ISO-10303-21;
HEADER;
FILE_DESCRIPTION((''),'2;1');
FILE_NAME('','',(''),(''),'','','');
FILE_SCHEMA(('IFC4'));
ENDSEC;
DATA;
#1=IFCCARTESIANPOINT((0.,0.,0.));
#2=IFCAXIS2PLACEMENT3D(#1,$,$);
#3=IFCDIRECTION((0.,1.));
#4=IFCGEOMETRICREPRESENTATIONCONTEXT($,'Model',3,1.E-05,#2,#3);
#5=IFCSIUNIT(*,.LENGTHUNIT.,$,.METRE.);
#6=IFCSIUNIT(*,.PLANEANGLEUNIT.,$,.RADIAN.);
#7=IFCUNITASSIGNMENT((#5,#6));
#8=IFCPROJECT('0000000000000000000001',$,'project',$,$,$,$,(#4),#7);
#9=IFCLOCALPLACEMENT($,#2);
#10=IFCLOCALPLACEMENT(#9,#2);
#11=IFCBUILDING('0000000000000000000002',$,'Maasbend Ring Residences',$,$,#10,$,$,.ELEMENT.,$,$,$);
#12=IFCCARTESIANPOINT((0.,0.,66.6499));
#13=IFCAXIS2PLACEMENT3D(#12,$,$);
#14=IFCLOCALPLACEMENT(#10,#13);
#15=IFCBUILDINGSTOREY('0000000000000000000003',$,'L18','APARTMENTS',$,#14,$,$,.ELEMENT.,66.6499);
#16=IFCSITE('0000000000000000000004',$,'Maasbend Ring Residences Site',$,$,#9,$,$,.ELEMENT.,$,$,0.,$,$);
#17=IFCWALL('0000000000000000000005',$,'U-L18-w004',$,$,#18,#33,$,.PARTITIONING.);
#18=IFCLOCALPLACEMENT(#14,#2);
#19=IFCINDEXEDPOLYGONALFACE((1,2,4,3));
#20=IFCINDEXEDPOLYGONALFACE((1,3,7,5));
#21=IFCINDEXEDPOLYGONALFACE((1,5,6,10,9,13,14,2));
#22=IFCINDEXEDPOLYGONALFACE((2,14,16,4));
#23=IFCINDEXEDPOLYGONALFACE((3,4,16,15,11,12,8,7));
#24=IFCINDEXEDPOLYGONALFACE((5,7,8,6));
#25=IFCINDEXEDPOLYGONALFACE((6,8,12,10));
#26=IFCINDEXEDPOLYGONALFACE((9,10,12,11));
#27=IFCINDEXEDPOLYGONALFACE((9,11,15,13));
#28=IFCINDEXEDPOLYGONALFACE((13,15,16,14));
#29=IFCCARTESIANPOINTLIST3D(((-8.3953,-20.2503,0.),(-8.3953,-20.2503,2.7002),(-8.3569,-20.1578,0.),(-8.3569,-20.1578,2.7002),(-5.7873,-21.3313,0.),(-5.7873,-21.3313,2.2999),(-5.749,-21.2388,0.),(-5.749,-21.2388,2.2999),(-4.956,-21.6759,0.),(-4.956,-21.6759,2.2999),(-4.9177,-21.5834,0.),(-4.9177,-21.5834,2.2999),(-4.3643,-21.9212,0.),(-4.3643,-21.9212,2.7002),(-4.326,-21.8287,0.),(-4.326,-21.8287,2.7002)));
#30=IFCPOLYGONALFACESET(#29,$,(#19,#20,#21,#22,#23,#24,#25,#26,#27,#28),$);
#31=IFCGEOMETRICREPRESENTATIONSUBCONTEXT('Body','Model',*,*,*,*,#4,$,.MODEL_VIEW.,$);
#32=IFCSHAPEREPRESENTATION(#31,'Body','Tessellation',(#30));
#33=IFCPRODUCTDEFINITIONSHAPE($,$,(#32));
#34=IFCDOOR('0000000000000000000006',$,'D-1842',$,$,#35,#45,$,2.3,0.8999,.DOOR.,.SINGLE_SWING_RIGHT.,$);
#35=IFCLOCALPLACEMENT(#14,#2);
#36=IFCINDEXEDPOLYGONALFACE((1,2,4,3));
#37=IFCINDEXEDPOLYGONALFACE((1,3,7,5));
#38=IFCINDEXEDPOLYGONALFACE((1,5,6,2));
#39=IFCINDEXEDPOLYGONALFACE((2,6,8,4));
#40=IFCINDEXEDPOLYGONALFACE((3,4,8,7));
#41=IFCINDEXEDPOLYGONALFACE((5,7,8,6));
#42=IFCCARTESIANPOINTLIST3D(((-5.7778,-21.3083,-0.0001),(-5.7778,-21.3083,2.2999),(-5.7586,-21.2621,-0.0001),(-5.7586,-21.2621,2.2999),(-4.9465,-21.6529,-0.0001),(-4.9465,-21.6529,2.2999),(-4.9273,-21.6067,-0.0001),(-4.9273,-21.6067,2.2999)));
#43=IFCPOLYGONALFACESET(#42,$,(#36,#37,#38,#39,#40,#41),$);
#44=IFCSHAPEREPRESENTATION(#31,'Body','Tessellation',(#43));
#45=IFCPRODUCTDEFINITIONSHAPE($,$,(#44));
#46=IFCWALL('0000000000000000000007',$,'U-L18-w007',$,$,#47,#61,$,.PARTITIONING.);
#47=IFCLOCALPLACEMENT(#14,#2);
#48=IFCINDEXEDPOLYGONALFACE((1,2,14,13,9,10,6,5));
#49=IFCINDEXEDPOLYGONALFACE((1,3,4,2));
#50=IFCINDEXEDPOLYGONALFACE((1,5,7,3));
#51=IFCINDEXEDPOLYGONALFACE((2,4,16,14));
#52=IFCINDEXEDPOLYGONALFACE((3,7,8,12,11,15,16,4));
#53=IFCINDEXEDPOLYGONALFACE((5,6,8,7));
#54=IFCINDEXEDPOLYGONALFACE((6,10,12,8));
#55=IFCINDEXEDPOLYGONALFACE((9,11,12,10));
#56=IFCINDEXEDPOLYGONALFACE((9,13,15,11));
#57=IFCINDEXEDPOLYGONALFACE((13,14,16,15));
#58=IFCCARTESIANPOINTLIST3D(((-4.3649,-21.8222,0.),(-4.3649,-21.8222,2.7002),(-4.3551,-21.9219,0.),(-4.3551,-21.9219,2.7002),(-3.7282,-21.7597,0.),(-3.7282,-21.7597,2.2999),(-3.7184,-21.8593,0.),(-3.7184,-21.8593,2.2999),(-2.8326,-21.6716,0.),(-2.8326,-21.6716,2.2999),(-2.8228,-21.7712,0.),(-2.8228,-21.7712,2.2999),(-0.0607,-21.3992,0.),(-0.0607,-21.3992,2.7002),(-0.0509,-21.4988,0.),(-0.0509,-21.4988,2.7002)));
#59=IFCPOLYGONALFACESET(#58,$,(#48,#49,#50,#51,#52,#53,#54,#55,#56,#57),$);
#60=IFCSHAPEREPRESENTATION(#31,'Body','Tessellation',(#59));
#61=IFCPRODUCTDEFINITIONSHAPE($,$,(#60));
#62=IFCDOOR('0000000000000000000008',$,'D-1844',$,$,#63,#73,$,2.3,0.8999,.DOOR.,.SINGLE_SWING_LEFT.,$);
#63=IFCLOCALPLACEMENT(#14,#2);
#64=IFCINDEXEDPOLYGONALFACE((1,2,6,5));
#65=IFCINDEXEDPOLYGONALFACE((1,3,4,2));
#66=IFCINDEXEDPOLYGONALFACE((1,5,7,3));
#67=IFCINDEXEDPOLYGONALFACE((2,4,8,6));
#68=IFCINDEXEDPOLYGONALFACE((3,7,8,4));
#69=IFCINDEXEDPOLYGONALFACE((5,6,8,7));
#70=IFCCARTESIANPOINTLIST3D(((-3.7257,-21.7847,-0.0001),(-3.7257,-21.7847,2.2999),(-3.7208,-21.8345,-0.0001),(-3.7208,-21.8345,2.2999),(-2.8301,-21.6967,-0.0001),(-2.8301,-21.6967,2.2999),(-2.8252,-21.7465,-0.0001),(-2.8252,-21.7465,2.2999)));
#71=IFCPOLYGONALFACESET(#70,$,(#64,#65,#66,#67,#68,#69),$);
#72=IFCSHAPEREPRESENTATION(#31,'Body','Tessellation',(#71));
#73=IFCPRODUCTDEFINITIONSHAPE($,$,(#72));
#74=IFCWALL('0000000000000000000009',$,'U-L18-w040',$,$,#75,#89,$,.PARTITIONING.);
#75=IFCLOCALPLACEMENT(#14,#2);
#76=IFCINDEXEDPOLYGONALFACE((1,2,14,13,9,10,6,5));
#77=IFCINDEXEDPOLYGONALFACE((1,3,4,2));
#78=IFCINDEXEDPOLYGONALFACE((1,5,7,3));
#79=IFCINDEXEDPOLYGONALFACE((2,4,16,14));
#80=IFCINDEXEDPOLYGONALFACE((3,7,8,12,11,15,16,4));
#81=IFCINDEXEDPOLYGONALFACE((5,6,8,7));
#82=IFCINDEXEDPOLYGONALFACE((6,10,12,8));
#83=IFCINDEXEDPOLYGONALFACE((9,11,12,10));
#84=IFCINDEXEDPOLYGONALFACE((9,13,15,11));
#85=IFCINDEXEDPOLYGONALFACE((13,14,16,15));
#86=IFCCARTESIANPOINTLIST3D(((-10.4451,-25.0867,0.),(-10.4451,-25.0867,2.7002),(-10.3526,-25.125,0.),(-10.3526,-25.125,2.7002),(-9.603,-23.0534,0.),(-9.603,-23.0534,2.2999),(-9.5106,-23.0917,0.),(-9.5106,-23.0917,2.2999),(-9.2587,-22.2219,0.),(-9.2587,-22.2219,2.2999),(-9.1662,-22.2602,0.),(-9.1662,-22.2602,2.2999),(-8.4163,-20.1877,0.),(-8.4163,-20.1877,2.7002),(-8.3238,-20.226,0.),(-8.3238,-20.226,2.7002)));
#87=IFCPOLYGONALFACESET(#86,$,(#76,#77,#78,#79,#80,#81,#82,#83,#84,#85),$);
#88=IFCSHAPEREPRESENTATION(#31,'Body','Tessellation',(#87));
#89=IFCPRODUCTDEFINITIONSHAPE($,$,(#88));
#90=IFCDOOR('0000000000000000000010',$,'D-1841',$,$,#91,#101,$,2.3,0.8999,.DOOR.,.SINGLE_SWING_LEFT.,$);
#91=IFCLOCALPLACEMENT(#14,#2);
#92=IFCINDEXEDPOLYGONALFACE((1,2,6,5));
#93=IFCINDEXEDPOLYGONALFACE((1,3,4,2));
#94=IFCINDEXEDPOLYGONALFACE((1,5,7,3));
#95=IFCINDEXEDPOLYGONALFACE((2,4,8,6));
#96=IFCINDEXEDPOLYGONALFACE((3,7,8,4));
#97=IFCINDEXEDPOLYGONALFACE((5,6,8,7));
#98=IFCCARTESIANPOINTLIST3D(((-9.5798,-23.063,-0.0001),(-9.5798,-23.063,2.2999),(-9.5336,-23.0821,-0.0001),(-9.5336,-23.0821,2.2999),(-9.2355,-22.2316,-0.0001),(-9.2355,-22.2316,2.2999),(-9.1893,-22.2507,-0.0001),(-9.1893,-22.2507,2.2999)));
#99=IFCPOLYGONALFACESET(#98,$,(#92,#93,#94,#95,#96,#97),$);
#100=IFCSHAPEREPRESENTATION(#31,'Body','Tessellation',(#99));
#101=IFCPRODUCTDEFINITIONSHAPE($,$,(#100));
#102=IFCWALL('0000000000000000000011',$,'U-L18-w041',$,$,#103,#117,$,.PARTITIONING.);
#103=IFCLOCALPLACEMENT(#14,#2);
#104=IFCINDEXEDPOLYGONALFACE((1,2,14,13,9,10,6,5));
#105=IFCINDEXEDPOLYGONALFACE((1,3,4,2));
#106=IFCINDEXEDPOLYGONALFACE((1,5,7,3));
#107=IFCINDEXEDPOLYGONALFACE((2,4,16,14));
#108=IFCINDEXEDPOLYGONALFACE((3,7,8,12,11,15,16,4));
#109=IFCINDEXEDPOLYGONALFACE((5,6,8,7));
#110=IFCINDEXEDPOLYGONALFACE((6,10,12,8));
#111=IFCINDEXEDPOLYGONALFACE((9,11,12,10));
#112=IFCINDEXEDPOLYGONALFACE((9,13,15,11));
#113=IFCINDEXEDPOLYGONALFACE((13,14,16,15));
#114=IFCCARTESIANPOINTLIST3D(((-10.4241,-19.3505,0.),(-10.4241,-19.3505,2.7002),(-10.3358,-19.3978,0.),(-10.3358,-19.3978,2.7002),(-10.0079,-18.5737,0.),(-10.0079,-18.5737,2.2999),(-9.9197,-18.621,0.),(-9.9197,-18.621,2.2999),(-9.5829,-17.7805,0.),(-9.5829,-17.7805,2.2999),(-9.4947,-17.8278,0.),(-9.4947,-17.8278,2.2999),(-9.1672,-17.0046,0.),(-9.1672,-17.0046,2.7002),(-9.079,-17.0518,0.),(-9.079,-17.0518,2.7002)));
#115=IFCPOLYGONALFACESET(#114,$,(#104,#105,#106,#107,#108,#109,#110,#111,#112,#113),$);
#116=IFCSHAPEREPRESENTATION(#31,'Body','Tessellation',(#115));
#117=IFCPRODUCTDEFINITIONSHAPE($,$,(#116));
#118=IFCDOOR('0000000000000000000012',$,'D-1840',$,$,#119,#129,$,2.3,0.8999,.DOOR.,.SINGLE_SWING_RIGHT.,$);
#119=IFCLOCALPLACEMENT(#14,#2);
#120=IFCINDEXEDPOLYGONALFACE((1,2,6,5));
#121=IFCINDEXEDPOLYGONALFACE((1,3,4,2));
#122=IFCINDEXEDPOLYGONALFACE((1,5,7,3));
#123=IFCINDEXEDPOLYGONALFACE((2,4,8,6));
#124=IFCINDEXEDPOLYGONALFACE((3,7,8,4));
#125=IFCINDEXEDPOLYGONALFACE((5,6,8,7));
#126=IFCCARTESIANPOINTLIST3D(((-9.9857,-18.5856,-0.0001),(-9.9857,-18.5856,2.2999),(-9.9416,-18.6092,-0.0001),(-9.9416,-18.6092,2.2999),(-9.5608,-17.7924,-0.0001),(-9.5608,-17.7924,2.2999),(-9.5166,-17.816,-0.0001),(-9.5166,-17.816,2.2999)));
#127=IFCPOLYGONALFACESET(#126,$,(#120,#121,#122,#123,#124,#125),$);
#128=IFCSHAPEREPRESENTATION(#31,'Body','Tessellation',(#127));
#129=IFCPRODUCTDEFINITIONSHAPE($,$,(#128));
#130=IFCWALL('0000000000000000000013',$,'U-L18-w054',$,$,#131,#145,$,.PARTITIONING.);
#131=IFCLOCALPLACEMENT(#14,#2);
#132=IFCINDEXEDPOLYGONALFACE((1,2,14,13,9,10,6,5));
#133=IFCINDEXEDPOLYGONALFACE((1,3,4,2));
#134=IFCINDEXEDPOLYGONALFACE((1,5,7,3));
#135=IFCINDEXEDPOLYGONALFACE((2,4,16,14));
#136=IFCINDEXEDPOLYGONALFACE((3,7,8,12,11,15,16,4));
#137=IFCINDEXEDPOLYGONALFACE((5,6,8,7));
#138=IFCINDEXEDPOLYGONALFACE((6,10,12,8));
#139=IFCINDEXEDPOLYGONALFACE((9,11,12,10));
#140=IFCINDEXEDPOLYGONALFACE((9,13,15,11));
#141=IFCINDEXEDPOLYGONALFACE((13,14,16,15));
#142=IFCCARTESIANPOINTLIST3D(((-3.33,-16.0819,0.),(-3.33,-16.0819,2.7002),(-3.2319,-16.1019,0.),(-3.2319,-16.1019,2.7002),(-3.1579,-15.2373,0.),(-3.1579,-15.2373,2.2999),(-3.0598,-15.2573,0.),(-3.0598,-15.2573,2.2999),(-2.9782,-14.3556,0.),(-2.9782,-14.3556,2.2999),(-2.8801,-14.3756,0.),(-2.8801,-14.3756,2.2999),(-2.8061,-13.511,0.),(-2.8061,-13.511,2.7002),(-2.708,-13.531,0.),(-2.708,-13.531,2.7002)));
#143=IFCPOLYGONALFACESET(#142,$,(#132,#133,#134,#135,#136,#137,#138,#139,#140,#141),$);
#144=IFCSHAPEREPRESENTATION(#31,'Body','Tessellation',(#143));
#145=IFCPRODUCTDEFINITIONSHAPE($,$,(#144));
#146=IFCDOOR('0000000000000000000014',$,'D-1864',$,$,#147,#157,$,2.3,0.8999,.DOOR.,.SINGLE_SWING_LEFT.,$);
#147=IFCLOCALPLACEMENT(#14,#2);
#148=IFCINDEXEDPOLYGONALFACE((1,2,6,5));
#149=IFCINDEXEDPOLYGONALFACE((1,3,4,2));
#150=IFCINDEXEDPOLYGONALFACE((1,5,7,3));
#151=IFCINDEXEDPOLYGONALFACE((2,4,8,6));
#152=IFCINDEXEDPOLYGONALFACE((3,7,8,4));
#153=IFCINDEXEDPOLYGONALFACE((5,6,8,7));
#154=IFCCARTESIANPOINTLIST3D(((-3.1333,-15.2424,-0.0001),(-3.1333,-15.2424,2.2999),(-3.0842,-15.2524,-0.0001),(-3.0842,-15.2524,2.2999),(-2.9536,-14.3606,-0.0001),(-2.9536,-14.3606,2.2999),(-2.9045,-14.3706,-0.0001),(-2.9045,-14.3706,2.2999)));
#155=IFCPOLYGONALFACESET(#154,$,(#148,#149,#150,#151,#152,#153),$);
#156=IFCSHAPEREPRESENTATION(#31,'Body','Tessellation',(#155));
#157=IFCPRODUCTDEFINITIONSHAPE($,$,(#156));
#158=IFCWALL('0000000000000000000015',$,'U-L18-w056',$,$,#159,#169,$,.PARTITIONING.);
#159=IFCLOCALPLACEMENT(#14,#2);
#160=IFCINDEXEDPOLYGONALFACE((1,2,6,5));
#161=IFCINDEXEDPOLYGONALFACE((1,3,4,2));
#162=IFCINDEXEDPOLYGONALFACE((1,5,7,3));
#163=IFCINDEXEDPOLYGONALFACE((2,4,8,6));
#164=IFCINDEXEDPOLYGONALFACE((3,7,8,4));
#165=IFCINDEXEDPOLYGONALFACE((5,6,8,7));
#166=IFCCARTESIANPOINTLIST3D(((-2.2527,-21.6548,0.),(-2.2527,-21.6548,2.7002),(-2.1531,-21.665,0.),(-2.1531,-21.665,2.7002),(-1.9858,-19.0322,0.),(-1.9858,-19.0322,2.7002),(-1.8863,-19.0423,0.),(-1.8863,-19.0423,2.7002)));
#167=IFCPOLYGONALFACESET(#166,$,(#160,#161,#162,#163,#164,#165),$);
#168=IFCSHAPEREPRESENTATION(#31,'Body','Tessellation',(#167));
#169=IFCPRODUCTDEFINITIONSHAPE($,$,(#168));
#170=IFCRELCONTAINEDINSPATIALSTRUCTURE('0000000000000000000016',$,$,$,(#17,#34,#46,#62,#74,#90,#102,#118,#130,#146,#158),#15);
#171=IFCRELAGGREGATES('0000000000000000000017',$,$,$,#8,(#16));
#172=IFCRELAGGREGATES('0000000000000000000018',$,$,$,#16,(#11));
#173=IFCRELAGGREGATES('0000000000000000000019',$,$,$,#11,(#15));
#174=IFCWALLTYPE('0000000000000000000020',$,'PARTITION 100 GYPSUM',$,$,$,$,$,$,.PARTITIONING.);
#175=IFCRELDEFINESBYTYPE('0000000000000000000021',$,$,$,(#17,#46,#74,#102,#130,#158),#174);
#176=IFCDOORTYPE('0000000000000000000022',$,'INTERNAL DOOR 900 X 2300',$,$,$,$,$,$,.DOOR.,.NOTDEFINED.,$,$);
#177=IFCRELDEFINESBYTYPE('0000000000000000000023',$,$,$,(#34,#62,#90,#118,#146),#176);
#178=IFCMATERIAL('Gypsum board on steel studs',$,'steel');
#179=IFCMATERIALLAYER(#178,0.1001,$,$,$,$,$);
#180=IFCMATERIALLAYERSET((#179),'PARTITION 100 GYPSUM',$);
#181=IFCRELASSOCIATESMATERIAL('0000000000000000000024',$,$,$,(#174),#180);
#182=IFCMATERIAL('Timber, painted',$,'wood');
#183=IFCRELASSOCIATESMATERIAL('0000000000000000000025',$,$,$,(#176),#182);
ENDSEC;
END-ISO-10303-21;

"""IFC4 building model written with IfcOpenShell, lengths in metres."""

from ifc_helpers import new_model, si_unit, direction, frame, frame_2d, origin, place, context, subcontext, project, spatial, rectangle, extrude, material, layer, layer_set, type_object, element, fill, save


model = new_model("IFC4")

# Units and contexts
model_context = context("Model", 3, precision=1e-05, world=origin(), true_north=direction((0.0, 1.0)))
body_context = subcontext(model_context, "Body", "Model", "MODEL_VIEW")
ifc_project = project(units=[si_unit("LENGTHUNIT", "METRE"), si_unit("PLANEANGLEUNIT", "RADIAN")], contexts=[model_context])

# Site, building, storey
site_placement = place(None, origin())
site = spatial("IfcSite", under=ifc_project, at=site_placement, Name="Maasbend Ring Residences Site", CompositionType="ELEMENT", RefElevation=0.0)
building_placement = place(site_placement, origin())
building = spatial("IfcBuilding", under=site, at=building_placement, Name="Maasbend Ring Residences", CompositionType="ELEMENT")
storey_placement = place(building_placement, frame((0.0, 0.0, 66.6499)))
storey = spatial("IfcBuildingStorey", under=building, at=storey_placement, Name="L18", Description="APARTMENTS", CompositionType="ELEMENT", Elevation=66.6499)

# Walls, openings, doors
ifc_material_1 = material(Name="Gypsum board on steel studs", Category="steel")
ifc_layer_1 = layer(ifc_material_1, 0.1001)
ifc_layer_set_1 = layer_set([ifc_layer_1], Name="PARTITION 100 GYPSUM")
wall_type_1 = type_object("IfcWallType", Name="PARTITION 100 GYPSUM", PredefinedType="PARTITIONING", material=ifc_layer_set_1)
wall_1_placement = place(storey_placement, frame((-8.376, -20.2041, 0.0), z_axis=(0.0, 0.0, 1.0), x_axis=(0.923782, -0.382918, 0.0)))
wall_1 = element("IfcWall", 1, at=wall_1_placement, inside=storey, type_object=wall_type_1, Name="U-L18-w004", PredefinedType="PARTITIONING", context=body_context, shape_type="SweptSolid", body=[
    extrude(rectangle(XDim=4.3635, YDim=0.1001, at=frame_2d((2.1816, 0.0))), origin(), (0.0, 0.0, 1.0), 2.7002),
])
opening_1_placement = place(wall_1_placement, frame((2.823, 0.0, 0.0)))
opening_1 = element("IfcOpeningElement", 2, at=opening_1_placement, cuts=wall_1, PredefinedType="OPENING", context=body_context, shape_type="SweptSolid", body=[
    extrude(rectangle(XDim=0.8999, YDim=2.3, at=frame_2d((0.45, 1.1499))), frame((0.0, 0.0601, 0.0), z_axis=(0.0, -1.0, 0.0), x_axis=(1.0, 0.0, 0.0)), (0.0, 0.0, 1.0), 0.1201),
])
ifc_material_2 = material(Name="Timber, painted", Category="wood")
door_type_1 = type_object("IfcDoorType", Name="INTERNAL DOOR 900 X 2300", OperationType="NOTDEFINED", PredefinedType="DOOR", material=ifc_material_2)
door_1_placement = place(opening_1_placement, origin())
door_1 = element("IfcDoor", 3, at=door_1_placement, inside=storey, type_object=door_type_1, Name="D-1842", OperationType="SINGLE_SWING_RIGHT", OverallHeight=2.3, OverallWidth=0.8999, PredefinedType="DOOR", context=body_context, shape_type="SweptSolid", body=[
    extrude(rectangle(XDim=0.8999, YDim=2.3, at=frame_2d((0.45, 1.1499))), frame((0.0, 0.0249, 0.0), z_axis=(0.0, -1.0, 0.0), x_axis=(1.0, 0.0, 0.0)), (0.0, 0.0, 1.0), 0.05),
])
fill(opening_1, door_1)
wall_2_placement = place(storey_placement, frame((-4.3601, -21.8721, 0.0), z_axis=(0.0, 0.0, 1.0), x_axis=(0.995203, 0.097827, 0.0)))
wall_2 = element("IfcWall", 4, at=wall_2_placement, inside=storey, type_object=wall_type_1, Name="U-L18-w007", PredefinedType="PARTITIONING", context=body_context, shape_type="SweptSolid", body=[
    extrude(rectangle(XDim=4.325, YDim=0.1001, at=frame_2d((2.1626, 0.0))), origin(), (0.0, 0.0, 1.0), 2.7002),
])
opening_2_placement = place(wall_2_placement, frame((0.6399, 0.0, 0.0)))
opening_2 = element("IfcOpeningElement", 5, at=opening_2_placement, cuts=wall_2, PredefinedType="OPENING", context=body_context, shape_type="SweptSolid", body=[
    extrude(rectangle(XDim=0.8999, YDim=2.3, at=frame_2d((0.45, 1.1499))), frame((0.0, 0.0601, 0.0), z_axis=(0.0, -1.0, 0.0), x_axis=(1.0, 0.0, 0.0)), (0.0, 0.0, 1.0), 0.1201),
])
door_2_placement = place(opening_2_placement, origin())
door_2 = element("IfcDoor", 6, at=door_2_placement, inside=storey, type_object=door_type_1, Name="D-1844", OperationType="SINGLE_SWING_LEFT", OverallHeight=2.3, OverallWidth=0.8999, PredefinedType="DOOR", context=body_context, shape_type="SweptSolid", body=[
    extrude(rectangle(XDim=0.8999, YDim=2.3, at=frame_2d((0.45, 1.1499))), frame((0.0, 0.0249, 0.0), z_axis=(0.0, -1.0, 0.0), x_axis=(1.0, 0.0, 0.0)), (0.0, 0.0, 1.0), 0.05),
])
fill(opening_2, door_2)
wall_3_placement = place(storey_placement, frame((-10.3989, -25.106, 0.0), z_axis=(0.0, 0.0, 1.0), x_axis=(0.38262, 0.923906, 0.0)))
wall_3 = element("IfcWall", 7, at=wall_3_placement, inside=storey, type_object=wall_type_1, Name="U-L18-w040", PredefinedType="PARTITIONING", context=body_context, shape_type="SweptSolid", body=[
    extrude(rectangle(XDim=5.3025, YDim=0.1001, at=frame_2d((2.6514, 0.0))), origin(), (0.0, 0.0, 1.0), 2.7002),
])
opening_3_placement = place(wall_3_placement, frame((2.2009, 0.0, 0.0)))
opening_3 = element("IfcOpeningElement", 8, at=opening_3_placement, cuts=wall_3, PredefinedType="OPENING", context=body_context, shape_type="SweptSolid", body=[
    extrude(rectangle(XDim=0.8999, YDim=2.3, at=frame_2d((0.45, 1.1499))), frame((0.0, 0.0601, 0.0), z_axis=(0.0, -1.0, 0.0), x_axis=(1.0, 0.0, 0.0)), (0.0, 0.0, 1.0), 0.1201),
])
door_3_placement = place(opening_3_placement, origin())
door_3 = element("IfcDoor", 9, at=door_3_placement, inside=storey, type_object=door_type_1, Name="D-1841", OperationType="SINGLE_SWING_LEFT", OverallHeight=2.3, OverallWidth=0.8999, PredefinedType="DOOR", context=body_context, shape_type="SweptSolid", body=[
    extrude(rectangle(XDim=0.8999, YDim=2.3, at=frame_2d((0.45, 1.1499))), frame((0.0, 0.0249, 0.0), z_axis=(0.0, -1.0, 0.0), x_axis=(1.0, 0.0, 0.0)), (0.0, 0.0, 1.0), 0.05),
])
fill(opening_3, door_3)
wall_4_placement = place(storey_placement, frame((-10.3799, -19.374, 0.0), z_axis=(0.0, 0.0, 1.0), x_axis=(0.472244, 0.881468, 0.0)))
wall_4 = element("IfcWall", 10, at=wall_4_placement, inside=storey, type_object=wall_type_1, Name="U-L18-w041", PredefinedType="PARTITIONING", context=body_context, shape_type="SweptSolid", body=[
    extrude(rectangle(XDim=2.6614, YDim=0.1001, at=frame_2d((1.3306, 0.0))), origin(), (0.0, 0.0, 1.0), 2.7002),
])
opening_4_placement = place(wall_4_placement, frame((0.8811, 0.0, 0.0)))
opening_4 = element("IfcOpeningElement", 11, at=opening_4_placement, cuts=wall_4, PredefinedType="OPENING", context=body_context, shape_type="SweptSolid", body=[
    extrude(rectangle(XDim=0.8999, YDim=2.3, at=frame_2d((0.45, 1.1499))), frame((0.0, 0.0601, 0.0), z_axis=(0.0, -1.0, 0.0), x_axis=(1.0, 0.0, 0.0)), (0.0, 0.0, 1.0), 0.1201),
])
door_4_placement = place(opening_4_placement, origin())
door_4 = element("IfcDoor", 12, at=door_4_placement, inside=storey, type_object=door_type_1, Name="D-1840", OperationType="SINGLE_SWING_RIGHT", OverallHeight=2.3, OverallWidth=0.8999, PredefinedType="DOOR", context=body_context, shape_type="SweptSolid", body=[
    extrude(rectangle(XDim=0.8999, YDim=2.3, at=frame_2d((0.45, 1.1499))), frame((0.0, 0.0249, 0.0), z_axis=(0.0, -1.0, 0.0), x_axis=(1.0, 0.0, 0.0)), (0.0, 0.0, 1.0), 0.05),
])
fill(opening_4, door_4)
wall_5_placement = place(storey_placement, frame((-3.281, -16.092, 0.0), z_axis=(0.0, 0.0, 1.0), x_axis=(0.199676, 0.979862, 0.0)))
wall_5 = element("IfcWall", 13, at=wall_5_placement, inside=storey, type_object=wall_type_1, Name="U-L18-w054", PredefinedType="PARTITIONING", context=body_context, shape_type="SweptSolid", body=[
    extrude(rectangle(XDim=2.6238, YDim=0.1001, at=frame_2d((1.312, 0.0))), origin(), (0.0, 0.0, 1.0), 2.7002),
])
opening_5_placement = place(wall_5_placement, frame((0.8621, 0.0, 0.0)))
opening_5 = element("IfcOpeningElement", 14, at=opening_5_placement, cuts=wall_5, PredefinedType="OPENING", context=body_context, shape_type="SweptSolid", body=[
    extrude(rectangle(XDim=0.8999, YDim=2.3, at=frame_2d((0.45, 1.1499))), frame((0.0, 0.0601, 0.0), z_axis=(0.0, -1.0, 0.0), x_axis=(1.0, 0.0, 0.0)), (0.0, 0.0, 1.0), 0.1201),
])
door_5_placement = place(opening_5_placement, origin())
door_5 = element("IfcDoor", 15, at=door_5_placement, inside=storey, type_object=door_type_1, Name="D-1864", OperationType="SINGLE_SWING_LEFT", OverallHeight=2.3, OverallWidth=0.8999, PredefinedType="DOOR", context=body_context, shape_type="SweptSolid", body=[
    extrude(rectangle(XDim=0.8999, YDim=2.3, at=frame_2d((0.45, 1.1499))), frame((0.0, 0.0249, 0.0), z_axis=(0.0, -1.0, 0.0), x_axis=(1.0, 0.0, 0.0)), (0.0, 0.0, 1.0), 0.05),
])
fill(opening_5, door_5)

# Wall
wall_6_placement = place(storey_placement, frame((-2.2029, -21.6599, 0.0), z_axis=(0.0, 0.0, 1.0), x_axis=(0.101218, 0.994864, 0.0)))
element("IfcWall", 16, at=wall_6_placement, inside=storey, type_object=wall_type_1, Name="U-L18-w056", PredefinedType="PARTITIONING", context=body_context, shape_type="SweptSolid", body=[
    extrude(rectangle(XDim=2.6362, YDim=0.1001, at=frame_2d((1.3181, 0.0))), origin(), (0.0, 0.0, 1.0), 2.7002),
])

save(model, "model.ifc")
